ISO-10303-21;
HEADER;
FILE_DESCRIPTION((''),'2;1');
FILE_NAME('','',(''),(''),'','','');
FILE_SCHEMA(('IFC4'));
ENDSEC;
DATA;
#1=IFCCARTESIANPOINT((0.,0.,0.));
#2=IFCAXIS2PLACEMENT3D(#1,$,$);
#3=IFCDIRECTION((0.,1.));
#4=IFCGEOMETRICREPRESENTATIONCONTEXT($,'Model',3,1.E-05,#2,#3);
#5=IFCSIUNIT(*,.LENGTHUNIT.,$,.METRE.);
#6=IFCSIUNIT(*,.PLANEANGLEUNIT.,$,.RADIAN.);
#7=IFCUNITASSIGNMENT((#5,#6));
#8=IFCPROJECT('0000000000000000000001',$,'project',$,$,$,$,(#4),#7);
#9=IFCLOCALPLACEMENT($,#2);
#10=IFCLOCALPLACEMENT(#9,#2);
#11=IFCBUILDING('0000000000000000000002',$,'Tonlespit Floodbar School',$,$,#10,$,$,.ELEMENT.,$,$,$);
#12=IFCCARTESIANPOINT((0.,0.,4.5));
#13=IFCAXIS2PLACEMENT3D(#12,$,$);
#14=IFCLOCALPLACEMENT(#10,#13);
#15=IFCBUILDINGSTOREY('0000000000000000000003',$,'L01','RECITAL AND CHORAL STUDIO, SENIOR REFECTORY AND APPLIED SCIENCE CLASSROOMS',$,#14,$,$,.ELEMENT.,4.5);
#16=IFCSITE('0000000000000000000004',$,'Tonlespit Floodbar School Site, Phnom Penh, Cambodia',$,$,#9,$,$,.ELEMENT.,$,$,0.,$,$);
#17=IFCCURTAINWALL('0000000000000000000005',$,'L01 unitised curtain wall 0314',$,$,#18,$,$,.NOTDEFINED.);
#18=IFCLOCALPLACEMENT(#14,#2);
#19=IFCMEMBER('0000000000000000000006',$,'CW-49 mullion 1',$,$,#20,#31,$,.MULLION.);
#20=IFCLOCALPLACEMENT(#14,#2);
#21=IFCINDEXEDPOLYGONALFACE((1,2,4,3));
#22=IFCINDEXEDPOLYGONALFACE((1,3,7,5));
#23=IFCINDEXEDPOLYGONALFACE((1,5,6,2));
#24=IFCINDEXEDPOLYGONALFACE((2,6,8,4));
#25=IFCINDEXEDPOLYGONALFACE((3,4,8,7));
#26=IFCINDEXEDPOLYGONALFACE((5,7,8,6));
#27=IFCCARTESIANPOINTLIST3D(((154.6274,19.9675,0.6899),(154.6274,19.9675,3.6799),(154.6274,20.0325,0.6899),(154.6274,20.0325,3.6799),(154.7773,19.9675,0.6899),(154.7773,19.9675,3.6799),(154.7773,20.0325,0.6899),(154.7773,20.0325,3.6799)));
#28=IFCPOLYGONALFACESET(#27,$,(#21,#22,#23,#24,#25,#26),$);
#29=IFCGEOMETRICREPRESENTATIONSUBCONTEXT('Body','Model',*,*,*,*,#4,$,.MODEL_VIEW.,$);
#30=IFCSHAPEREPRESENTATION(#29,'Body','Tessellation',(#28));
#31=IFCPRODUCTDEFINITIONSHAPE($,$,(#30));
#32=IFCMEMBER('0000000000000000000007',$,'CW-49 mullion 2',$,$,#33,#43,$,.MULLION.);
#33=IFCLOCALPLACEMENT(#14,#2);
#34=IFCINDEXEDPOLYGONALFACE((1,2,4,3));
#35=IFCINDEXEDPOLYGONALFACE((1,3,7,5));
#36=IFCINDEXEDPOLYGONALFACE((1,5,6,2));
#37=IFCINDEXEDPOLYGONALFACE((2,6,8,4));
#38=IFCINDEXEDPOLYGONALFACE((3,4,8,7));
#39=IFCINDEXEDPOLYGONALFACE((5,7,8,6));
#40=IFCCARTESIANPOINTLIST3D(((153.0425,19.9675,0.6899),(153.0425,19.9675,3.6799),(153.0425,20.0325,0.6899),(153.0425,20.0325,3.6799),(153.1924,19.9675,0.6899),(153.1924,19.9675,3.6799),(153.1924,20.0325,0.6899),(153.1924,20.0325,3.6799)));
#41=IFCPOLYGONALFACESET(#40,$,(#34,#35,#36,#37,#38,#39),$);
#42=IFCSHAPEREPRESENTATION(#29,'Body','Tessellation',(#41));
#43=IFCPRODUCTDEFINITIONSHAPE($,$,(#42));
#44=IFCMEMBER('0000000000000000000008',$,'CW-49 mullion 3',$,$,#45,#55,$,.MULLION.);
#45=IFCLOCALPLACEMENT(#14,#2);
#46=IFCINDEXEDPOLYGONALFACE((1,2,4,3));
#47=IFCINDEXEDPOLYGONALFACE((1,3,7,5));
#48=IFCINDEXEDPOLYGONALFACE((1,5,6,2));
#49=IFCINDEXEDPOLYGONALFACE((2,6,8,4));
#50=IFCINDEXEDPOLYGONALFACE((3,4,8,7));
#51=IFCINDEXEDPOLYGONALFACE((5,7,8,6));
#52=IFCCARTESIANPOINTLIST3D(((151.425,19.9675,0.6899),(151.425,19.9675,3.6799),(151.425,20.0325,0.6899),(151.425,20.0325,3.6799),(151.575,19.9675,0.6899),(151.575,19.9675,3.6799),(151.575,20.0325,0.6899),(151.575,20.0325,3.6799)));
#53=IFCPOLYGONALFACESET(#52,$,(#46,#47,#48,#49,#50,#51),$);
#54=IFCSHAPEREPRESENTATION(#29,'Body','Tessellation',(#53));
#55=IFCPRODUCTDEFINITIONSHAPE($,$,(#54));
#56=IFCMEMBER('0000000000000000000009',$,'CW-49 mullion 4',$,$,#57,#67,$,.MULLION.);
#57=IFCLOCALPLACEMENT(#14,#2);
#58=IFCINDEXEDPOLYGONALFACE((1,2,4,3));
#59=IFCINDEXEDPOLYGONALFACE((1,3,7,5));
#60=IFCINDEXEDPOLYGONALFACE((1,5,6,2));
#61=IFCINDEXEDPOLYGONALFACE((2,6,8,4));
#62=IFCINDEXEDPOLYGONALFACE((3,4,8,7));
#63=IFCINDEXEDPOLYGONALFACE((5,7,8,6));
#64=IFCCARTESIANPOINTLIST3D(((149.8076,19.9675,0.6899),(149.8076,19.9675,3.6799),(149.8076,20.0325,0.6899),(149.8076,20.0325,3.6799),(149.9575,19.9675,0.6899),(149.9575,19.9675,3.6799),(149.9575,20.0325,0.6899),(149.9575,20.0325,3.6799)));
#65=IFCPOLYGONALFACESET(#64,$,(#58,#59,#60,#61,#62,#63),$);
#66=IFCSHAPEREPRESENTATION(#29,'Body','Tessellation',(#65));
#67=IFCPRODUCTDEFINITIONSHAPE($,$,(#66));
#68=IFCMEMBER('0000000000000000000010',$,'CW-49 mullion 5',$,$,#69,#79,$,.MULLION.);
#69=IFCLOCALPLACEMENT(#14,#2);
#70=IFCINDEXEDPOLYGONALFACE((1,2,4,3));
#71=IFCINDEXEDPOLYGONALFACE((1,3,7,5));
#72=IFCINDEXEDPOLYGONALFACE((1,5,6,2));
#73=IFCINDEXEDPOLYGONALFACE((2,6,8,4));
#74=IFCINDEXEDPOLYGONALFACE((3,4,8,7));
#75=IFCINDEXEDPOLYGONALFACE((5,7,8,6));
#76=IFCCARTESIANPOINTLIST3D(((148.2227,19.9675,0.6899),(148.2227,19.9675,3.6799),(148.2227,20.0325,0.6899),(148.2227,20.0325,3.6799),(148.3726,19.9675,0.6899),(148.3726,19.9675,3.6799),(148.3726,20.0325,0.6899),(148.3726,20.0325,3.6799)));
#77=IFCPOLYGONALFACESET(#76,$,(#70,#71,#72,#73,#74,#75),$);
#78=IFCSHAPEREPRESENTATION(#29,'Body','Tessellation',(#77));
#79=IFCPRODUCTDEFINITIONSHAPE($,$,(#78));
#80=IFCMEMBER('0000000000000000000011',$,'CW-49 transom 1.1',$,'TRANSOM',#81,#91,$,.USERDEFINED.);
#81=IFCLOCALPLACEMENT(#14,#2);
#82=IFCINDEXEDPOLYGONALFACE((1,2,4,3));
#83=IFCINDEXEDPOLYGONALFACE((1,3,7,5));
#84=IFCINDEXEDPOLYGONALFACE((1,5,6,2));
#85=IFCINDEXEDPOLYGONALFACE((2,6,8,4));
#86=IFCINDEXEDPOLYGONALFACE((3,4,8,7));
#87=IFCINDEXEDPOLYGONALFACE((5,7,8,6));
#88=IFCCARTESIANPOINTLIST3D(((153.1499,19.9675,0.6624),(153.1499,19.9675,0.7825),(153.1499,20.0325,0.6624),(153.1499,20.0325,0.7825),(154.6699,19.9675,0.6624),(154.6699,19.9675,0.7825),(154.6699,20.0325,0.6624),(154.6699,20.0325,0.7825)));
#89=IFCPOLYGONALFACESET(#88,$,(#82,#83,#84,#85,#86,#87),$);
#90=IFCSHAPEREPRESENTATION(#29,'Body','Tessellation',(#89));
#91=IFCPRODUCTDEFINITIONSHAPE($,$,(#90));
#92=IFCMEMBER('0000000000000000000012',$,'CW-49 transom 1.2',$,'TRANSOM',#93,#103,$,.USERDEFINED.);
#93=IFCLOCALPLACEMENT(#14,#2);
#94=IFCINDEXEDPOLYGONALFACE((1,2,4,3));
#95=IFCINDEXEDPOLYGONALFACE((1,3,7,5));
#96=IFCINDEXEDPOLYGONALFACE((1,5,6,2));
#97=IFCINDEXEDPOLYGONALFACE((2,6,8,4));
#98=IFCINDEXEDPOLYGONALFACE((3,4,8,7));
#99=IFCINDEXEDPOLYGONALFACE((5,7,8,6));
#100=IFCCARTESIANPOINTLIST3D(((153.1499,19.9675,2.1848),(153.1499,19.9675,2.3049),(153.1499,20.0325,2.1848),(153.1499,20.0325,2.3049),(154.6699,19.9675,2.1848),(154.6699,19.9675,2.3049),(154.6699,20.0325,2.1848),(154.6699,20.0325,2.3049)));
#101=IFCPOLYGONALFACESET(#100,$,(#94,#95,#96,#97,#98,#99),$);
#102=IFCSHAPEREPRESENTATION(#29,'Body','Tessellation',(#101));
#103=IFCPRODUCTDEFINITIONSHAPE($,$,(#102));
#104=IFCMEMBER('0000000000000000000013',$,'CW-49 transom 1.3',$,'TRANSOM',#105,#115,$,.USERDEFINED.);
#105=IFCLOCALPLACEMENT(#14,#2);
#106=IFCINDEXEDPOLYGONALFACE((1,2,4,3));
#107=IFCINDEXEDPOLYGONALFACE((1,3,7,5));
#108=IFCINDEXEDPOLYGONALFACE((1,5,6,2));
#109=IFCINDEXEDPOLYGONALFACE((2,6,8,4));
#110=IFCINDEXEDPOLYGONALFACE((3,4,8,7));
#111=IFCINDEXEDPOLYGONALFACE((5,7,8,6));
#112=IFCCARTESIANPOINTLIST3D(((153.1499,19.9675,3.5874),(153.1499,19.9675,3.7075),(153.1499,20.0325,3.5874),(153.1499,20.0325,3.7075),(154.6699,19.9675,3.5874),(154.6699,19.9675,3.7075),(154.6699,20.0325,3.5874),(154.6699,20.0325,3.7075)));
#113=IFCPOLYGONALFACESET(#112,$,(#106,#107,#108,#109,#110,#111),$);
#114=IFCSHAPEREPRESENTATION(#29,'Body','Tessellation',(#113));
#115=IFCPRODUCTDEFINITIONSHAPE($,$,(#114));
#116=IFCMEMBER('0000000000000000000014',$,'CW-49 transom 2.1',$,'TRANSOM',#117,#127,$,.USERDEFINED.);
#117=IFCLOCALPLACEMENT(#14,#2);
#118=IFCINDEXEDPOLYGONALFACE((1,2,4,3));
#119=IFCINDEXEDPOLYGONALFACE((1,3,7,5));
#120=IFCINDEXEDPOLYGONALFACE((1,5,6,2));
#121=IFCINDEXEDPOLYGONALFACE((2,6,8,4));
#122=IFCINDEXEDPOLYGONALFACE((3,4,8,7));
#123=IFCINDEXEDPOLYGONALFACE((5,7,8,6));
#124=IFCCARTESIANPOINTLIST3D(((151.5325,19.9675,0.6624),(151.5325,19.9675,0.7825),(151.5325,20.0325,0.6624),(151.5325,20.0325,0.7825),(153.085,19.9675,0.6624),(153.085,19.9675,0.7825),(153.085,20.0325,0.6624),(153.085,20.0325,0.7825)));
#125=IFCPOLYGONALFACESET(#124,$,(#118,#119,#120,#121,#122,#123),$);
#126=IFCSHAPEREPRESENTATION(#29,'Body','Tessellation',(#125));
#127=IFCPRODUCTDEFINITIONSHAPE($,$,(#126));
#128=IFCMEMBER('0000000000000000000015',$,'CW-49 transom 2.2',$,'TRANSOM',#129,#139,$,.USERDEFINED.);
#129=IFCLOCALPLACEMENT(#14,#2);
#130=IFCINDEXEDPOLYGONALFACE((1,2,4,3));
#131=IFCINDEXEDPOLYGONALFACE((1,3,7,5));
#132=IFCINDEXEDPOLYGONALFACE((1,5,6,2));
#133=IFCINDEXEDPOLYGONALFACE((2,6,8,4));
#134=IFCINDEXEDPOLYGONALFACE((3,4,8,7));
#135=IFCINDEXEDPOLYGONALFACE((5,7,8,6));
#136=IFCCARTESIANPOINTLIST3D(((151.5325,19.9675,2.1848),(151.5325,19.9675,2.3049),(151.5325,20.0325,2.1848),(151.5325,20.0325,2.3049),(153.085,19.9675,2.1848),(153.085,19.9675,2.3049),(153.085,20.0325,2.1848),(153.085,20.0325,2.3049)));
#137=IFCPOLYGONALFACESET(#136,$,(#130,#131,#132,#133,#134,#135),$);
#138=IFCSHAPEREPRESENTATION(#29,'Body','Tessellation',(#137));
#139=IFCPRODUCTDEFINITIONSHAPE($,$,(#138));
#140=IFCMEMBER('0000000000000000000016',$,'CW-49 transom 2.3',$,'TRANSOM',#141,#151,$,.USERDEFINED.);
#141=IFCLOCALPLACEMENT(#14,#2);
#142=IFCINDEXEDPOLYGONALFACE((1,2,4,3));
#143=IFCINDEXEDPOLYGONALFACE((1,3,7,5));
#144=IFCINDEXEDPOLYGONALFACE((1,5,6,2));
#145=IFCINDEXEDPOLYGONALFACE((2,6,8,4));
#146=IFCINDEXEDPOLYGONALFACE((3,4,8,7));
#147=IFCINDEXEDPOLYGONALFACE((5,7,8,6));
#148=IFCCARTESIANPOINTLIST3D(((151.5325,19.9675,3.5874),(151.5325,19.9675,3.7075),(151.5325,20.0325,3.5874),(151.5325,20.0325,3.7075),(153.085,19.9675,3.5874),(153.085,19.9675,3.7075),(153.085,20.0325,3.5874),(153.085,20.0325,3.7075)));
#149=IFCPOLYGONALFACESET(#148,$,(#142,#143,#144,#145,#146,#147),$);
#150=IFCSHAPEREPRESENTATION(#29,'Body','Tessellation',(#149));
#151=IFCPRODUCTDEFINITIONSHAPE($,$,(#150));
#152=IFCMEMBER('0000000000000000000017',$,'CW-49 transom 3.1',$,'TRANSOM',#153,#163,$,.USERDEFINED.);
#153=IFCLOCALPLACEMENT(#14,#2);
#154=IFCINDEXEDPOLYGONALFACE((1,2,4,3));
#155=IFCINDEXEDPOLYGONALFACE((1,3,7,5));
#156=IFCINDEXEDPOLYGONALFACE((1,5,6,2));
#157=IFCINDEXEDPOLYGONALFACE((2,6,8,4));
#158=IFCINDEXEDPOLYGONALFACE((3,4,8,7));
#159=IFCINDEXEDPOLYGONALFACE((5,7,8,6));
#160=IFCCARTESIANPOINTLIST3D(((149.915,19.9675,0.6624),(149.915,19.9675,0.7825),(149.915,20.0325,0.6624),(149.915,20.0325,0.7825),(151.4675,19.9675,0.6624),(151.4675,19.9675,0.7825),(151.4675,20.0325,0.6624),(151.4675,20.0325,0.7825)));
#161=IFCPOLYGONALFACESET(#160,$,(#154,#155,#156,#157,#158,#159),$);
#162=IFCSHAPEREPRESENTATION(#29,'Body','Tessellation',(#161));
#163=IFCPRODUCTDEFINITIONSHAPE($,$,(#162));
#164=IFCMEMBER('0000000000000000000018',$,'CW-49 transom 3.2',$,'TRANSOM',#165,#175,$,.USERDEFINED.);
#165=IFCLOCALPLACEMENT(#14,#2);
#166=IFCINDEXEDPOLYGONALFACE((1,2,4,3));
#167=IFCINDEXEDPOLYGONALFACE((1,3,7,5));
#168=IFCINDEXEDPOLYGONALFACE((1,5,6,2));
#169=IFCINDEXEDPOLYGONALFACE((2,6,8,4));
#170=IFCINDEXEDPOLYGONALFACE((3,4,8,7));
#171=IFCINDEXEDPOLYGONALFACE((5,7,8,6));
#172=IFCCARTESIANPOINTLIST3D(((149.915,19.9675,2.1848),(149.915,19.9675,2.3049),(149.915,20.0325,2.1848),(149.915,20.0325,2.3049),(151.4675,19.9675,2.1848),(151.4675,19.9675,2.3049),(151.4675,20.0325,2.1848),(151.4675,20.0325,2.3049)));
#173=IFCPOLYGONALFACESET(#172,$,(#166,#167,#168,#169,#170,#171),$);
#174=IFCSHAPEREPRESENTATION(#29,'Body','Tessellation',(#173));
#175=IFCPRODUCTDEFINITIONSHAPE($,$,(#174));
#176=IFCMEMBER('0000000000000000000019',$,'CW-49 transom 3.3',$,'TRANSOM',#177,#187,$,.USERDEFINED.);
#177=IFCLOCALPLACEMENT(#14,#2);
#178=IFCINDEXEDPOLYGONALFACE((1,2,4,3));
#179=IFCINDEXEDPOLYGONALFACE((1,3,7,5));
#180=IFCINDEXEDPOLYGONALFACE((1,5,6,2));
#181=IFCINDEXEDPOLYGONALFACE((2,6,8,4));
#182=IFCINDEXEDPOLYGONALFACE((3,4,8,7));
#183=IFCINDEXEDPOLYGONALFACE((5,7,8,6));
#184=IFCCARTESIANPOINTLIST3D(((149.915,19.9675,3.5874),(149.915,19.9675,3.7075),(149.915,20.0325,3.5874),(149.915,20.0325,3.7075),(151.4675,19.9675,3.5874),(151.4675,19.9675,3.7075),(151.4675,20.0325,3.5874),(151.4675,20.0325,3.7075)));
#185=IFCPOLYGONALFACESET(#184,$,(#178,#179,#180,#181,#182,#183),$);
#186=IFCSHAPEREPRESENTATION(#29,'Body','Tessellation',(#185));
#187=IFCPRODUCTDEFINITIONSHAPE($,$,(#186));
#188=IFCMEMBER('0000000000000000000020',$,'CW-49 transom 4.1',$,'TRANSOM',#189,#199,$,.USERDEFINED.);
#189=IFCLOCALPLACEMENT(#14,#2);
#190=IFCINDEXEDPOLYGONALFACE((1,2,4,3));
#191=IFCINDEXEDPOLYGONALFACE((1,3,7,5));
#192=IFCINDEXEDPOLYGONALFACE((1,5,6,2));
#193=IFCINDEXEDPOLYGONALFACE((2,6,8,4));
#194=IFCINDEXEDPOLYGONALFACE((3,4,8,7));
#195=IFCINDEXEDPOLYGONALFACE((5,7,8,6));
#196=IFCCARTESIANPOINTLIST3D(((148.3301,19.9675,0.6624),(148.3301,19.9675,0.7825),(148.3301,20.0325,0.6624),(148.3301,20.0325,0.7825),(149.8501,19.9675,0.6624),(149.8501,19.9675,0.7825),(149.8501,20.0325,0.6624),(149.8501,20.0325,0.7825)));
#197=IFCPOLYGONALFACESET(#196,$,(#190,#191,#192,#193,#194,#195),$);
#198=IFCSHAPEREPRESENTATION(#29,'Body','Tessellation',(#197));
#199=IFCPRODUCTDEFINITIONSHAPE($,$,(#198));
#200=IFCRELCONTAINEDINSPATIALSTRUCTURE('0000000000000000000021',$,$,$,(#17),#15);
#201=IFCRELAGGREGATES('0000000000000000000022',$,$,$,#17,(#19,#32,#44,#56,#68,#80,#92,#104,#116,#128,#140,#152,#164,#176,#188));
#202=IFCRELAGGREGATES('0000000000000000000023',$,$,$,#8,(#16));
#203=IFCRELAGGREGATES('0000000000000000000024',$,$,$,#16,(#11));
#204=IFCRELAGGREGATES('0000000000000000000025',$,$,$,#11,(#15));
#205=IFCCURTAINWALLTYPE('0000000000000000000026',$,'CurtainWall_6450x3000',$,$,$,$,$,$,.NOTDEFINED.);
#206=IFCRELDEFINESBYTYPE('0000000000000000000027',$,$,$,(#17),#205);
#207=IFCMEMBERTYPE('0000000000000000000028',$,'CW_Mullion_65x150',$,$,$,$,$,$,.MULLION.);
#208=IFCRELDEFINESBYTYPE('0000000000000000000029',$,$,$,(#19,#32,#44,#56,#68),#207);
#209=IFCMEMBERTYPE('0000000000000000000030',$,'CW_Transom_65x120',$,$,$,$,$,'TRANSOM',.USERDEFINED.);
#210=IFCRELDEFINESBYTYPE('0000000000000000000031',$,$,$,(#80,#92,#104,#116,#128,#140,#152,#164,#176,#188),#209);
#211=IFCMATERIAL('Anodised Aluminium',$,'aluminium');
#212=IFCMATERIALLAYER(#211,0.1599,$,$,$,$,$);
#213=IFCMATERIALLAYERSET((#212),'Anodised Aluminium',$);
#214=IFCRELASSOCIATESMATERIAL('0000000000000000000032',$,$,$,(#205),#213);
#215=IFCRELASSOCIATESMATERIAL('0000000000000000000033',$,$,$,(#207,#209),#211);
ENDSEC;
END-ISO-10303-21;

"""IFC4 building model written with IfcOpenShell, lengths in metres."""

from ifc_helpers import new_model, si_unit, direction, frame, origin, origin_2d, place, context, subcontext, project, spatial, rectangle, extrude, material, layer, layer_set, material_profile, profile_set, type_object, element, aggregate, save


model = new_model("IFC4")

# Units and contexts
model_context = context("Model", 3, precision=1e-05, world=origin(), true_north=direction((0.0, 1.0)))
body_context = subcontext(model_context, "Body", "Model", "MODEL_VIEW")
ifc_project = project(units=[si_unit("LENGTHUNIT", "METRE"), si_unit("PLANEANGLEUNIT", "RADIAN")], contexts=[model_context])

# Site, building, storey
site_placement = place(None, origin())
site = spatial("IfcSite", under=ifc_project, at=site_placement, Name="Tonlespit Floodbar School Site, Phnom Penh, Cambodia", CompositionType="ELEMENT", RefElevation=0.0)
building_placement = place(site_placement, origin())
building = spatial("IfcBuilding", under=site, at=building_placement, Name="Tonlespit Floodbar School", CompositionType="ELEMENT")
storey_placement = place(building_placement, frame((0.0, 0.0, 4.5)))
storey = spatial("IfcBuildingStorey", under=building, at=storey_placement, Name="L01", Description="RECITAL AND CHORAL STUDIO, SENIOR REFECTORY AND APPLIED SCIENCE CLASSROOMS", CompositionType="ELEMENT", Elevation=4.5)

# Curtain wall, members
ifc_material_1 = material(Name="Anodised Aluminium", Category="aluminium")
ifc_layer_1 = layer(ifc_material_1, 0.1599)
ifc_layer_set_1 = layer_set([ifc_layer_1], Name="Anodised Aluminium")
curtain_wall_type = type_object("IfcCurtainWallType", Name="CurtainWall_6450x3000", PredefinedType="NOTDEFINED", material=ifc_layer_set_1)
curtain_wall_placement = place(storey_placement, origin())
curtain_wall = element("IfcCurtainWall", 1, at=curtain_wall_placement, inside=storey, type_object=curtain_wall_type, Name="L01 unitised curtain wall 0314", PredefinedType="NOTDEFINED")
ifc_material_profile_1 = material_profile(ifc_material_1, rectangle(XDim=0.0649, YDim=0.1499, at=origin_2d()), Name="ALU M65x150")
ifc_profile_set_1 = profile_set([ifc_material_profile_1], Name="Anodised Aluminium")
member_type_1 = type_object("IfcMemberType", Name="CW_Mullion_65x150", PredefinedType="MULLION", material=ifc_profile_set_1)
member_1_placement = place(storey_placement, frame((154.7024, 20.0, 0.6899), z_axis=(0.0, 0.0, 1.0), x_axis=(0.0, -1.0, 0.0)))
member_1 = element("IfcMember", 2, at=member_1_placement, type_object=member_type_1, Name="CW-49 mullion 1", PredefinedType="MULLION", context=body_context, shape_type="SweptSolid", body=[
    extrude(rectangle(XDim=0.0649, YDim=0.1499, at=origin_2d()), origin(), (0.0, 0.0, 1.0), 2.99),
])
member_2_placement = place(storey_placement, frame((153.1174, 20.0, 0.6899), z_axis=(0.0, 0.0, 1.0), x_axis=(0.0, -1.0, 0.0)))
member_2 = element("IfcMember", 3, at=member_2_placement, type_object=member_type_1, Name="CW-49 mullion 2", PredefinedType="MULLION", context=body_context, shape_type="SweptSolid", body=[
    extrude(rectangle(XDim=0.0649, YDim=0.1499, at=origin_2d()), origin(), (0.0, 0.0, 1.0), 2.99),
])
member_3_placement = place(storey_placement, frame((151.5, 20.0, 0.6899), z_axis=(0.0, 0.0, 1.0), x_axis=(0.0, -1.0, 0.0)))
member_3 = element("IfcMember", 4, at=member_3_placement, type_object=member_type_1, Name="CW-49 mullion 3", PredefinedType="MULLION", context=body_context, shape_type="SweptSolid", body=[
    extrude(rectangle(XDim=0.0649, YDim=0.1499, at=origin_2d()), origin(), (0.0, 0.0, 1.0), 2.99),
])
member_4_placement = place(storey_placement, frame((149.8826, 20.0, 0.6899), z_axis=(0.0, 0.0, 1.0), x_axis=(0.0, -1.0, 0.0)))
member_4 = element("IfcMember", 5, at=member_4_placement, type_object=member_type_1, Name="CW-49 mullion 4", PredefinedType="MULLION", context=body_context, shape_type="SweptSolid", body=[
    extrude(rectangle(XDim=0.0649, YDim=0.1499, at=origin_2d()), origin(), (0.0, 0.0, 1.0), 2.99),
])
member_5_placement = place(storey_placement, frame((148.2976, 20.0, 0.6899), z_axis=(0.0, 0.0, 1.0), x_axis=(0.0, -1.0, 0.0)))
member_5 = element("IfcMember", 6, at=member_5_placement, type_object=member_type_1, Name="CW-49 mullion 5", PredefinedType="MULLION", context=body_context, shape_type="SweptSolid", body=[
    extrude(rectangle(XDim=0.0649, YDim=0.1499, at=origin_2d()), origin(), (0.0, 0.0, 1.0), 2.99),
])
ifc_material_profile_2 = material_profile(ifc_material_1, rectangle(XDim=0.0649, YDim=0.1201, at=origin_2d()), Name="ALU T65x120")
ifc_profile_set_2 = profile_set([ifc_material_profile_2], Name="Anodised Aluminium")
member_type_2 = type_object("IfcMemberType", Name="CW_Transom_65x120", ElementType="TRANSOM", PredefinedType="USERDEFINED", material=ifc_profile_set_2)
member_6_placement = place(storey_placement, frame((154.6699, 20.0, 0.7224), z_axis=(-1.0, 0.0, 0.0), x_axis=(0.0, -1.0, 0.0)))
member_6 = element("IfcMember", 7, at=member_6_placement, type_object=member_type_2, Name="CW-49 transom 1.1", ObjectType="TRANSOM", PredefinedType="USERDEFINED", context=body_context, shape_type="SweptSolid", body=[
    extrude(rectangle(XDim=0.0649, YDim=0.1201, at=origin_2d()), origin(), (0.0, 0.0, 1.0), 1.52),
])
member_7_placement = place(storey_placement, frame((154.6699, 20.0, 2.2449), z_axis=(-1.0, 0.0, 0.0), x_axis=(0.0, -1.0, 0.0)))
member_7 = element("IfcMember", 8, at=member_7_placement, type_object=member_type_2, Name="CW-49 transom 1.2", ObjectType="TRANSOM", PredefinedType="USERDEFINED", context=body_context, shape_type="SweptSolid", body=[
    extrude(rectangle(XDim=0.0649, YDim=0.1201, at=origin_2d()), origin(), (0.0, 0.0, 1.0), 1.52),
])
member_8_placement = place(storey_placement, frame((154.6699, 20.0, 3.6475), z_axis=(-1.0, 0.0, 0.0), x_axis=(0.0, -1.0, 0.0)))
member_8 = element("IfcMember", 9, at=member_8_placement, type_object=member_type_2, Name="CW-49 transom 1.3", ObjectType="TRANSOM", PredefinedType="USERDEFINED", context=body_context, shape_type="SweptSolid", body=[
    extrude(rectangle(XDim=0.0649, YDim=0.1201, at=origin_2d()), origin(), (0.0, 0.0, 1.0), 1.52),
])
member_9_placement = place(storey_placement, frame((153.085, 20.0, 0.7224), z_axis=(-1.0, 0.0, 0.0), x_axis=(0.0, -1.0, 0.0)))
member_9 = element("IfcMember", 10, at=member_9_placement, type_object=member_type_2, Name="CW-49 transom 2.1", ObjectType="TRANSOM", PredefinedType="USERDEFINED", context=body_context, shape_type="SweptSolid", body=[
    extrude(rectangle(XDim=0.0649, YDim=0.1201, at=origin_2d()), origin(), (0.0, 0.0, 1.0), 1.5525),
])
member_10_placement = place(storey_placement, frame((153.085, 20.0, 2.2449), z_axis=(-1.0, 0.0, 0.0), x_axis=(0.0, -1.0, 0.0)))
member_10 = element("IfcMember", 11, at=member_10_placement, type_object=member_type_2, Name="CW-49 transom 2.2", ObjectType="TRANSOM", PredefinedType="USERDEFINED", context=body_context, shape_type="SweptSolid", body=[
    extrude(rectangle(XDim=0.0649, YDim=0.1201, at=origin_2d()), origin(), (0.0, 0.0, 1.0), 1.5525),
])
member_11_placement = place(storey_placement, frame((153.085, 20.0, 3.6475), z_axis=(-1.0, 0.0, 0.0), x_axis=(0.0, -1.0, 0.0)))
member_11 = element("IfcMember", 12, at=member_11_placement, type_object=member_type_2, Name="CW-49 transom 2.3", ObjectType="TRANSOM", PredefinedType="USERDEFINED", context=body_context, shape_type="SweptSolid", body=[
    extrude(rectangle(XDim=0.0649, YDim=0.1201, at=origin_2d()), origin(), (0.0, 0.0, 1.0), 1.5525),
])
member_12_placement = place(storey_placement, frame((151.4675, 20.0, 0.7224), z_axis=(-1.0, 0.0, 0.0), x_axis=(0.0, -1.0, 0.0)))
member_12 = element("IfcMember", 13, at=member_12_placement, type_object=member_type_2, Name="CW-49 transom 3.1", ObjectType="TRANSOM", PredefinedType="USERDEFINED", context=body_context, shape_type="SweptSolid", body=[
    extrude(rectangle(XDim=0.0649, YDim=0.1201, at=origin_2d()), origin(), (0.0, 0.0, 1.0), 1.5525),
])
member_13_placement = place(storey_placement, frame((151.4675, 20.0, 2.2449), z_axis=(-1.0, 0.0, 0.0), x_axis=(0.0, -1.0, 0.0)))
member_13 = element("IfcMember", 14, at=member_13_placement, type_object=member_type_2, Name="CW-49 transom 3.2", ObjectType="TRANSOM", PredefinedType="USERDEFINED", context=body_context, shape_type="SweptSolid", body=[
    extrude(rectangle(XDim=0.0649, YDim=0.1201, at=origin_2d()), origin(), (0.0, 0.0, 1.0), 1.5525),
])
member_14_placement = place(storey_placement, frame((151.4675, 20.0, 3.6475), z_axis=(-1.0, 0.0, 0.0), x_axis=(0.0, -1.0, 0.0)))
member_14 = element("IfcMember", 15, at=member_14_placement, type_object=member_type_2, Name="CW-49 transom 3.3", ObjectType="TRANSOM", PredefinedType="USERDEFINED", context=body_context, shape_type="SweptSolid", body=[
    extrude(rectangle(XDim=0.0649, YDim=0.1201, at=origin_2d()), origin(), (0.0, 0.0, 1.0), 1.5525),
])
member_15_placement = place(storey_placement, frame((149.8501, 20.0, 0.7224), z_axis=(-1.0, 0.0, 0.0), x_axis=(0.0, -1.0, 0.0)))
member_15 = element("IfcMember", 16, at=member_15_placement, type_object=member_type_2, Name="CW-49 transom 4.1", ObjectType="TRANSOM", PredefinedType="USERDEFINED", context=body_context, shape_type="SweptSolid", body=[
    extrude(rectangle(XDim=0.0649, YDim=0.1201, at=origin_2d()), origin(), (0.0, 0.0, 1.0), 1.52),
])

aggregate(curtain_wall, [member_1, member_2, member_3, member_4, member_5, member_6, member_7, member_8, member_9, member_10, member_11, member_12, member_13, member_14, member_15])

save(model, "model.ifc")
